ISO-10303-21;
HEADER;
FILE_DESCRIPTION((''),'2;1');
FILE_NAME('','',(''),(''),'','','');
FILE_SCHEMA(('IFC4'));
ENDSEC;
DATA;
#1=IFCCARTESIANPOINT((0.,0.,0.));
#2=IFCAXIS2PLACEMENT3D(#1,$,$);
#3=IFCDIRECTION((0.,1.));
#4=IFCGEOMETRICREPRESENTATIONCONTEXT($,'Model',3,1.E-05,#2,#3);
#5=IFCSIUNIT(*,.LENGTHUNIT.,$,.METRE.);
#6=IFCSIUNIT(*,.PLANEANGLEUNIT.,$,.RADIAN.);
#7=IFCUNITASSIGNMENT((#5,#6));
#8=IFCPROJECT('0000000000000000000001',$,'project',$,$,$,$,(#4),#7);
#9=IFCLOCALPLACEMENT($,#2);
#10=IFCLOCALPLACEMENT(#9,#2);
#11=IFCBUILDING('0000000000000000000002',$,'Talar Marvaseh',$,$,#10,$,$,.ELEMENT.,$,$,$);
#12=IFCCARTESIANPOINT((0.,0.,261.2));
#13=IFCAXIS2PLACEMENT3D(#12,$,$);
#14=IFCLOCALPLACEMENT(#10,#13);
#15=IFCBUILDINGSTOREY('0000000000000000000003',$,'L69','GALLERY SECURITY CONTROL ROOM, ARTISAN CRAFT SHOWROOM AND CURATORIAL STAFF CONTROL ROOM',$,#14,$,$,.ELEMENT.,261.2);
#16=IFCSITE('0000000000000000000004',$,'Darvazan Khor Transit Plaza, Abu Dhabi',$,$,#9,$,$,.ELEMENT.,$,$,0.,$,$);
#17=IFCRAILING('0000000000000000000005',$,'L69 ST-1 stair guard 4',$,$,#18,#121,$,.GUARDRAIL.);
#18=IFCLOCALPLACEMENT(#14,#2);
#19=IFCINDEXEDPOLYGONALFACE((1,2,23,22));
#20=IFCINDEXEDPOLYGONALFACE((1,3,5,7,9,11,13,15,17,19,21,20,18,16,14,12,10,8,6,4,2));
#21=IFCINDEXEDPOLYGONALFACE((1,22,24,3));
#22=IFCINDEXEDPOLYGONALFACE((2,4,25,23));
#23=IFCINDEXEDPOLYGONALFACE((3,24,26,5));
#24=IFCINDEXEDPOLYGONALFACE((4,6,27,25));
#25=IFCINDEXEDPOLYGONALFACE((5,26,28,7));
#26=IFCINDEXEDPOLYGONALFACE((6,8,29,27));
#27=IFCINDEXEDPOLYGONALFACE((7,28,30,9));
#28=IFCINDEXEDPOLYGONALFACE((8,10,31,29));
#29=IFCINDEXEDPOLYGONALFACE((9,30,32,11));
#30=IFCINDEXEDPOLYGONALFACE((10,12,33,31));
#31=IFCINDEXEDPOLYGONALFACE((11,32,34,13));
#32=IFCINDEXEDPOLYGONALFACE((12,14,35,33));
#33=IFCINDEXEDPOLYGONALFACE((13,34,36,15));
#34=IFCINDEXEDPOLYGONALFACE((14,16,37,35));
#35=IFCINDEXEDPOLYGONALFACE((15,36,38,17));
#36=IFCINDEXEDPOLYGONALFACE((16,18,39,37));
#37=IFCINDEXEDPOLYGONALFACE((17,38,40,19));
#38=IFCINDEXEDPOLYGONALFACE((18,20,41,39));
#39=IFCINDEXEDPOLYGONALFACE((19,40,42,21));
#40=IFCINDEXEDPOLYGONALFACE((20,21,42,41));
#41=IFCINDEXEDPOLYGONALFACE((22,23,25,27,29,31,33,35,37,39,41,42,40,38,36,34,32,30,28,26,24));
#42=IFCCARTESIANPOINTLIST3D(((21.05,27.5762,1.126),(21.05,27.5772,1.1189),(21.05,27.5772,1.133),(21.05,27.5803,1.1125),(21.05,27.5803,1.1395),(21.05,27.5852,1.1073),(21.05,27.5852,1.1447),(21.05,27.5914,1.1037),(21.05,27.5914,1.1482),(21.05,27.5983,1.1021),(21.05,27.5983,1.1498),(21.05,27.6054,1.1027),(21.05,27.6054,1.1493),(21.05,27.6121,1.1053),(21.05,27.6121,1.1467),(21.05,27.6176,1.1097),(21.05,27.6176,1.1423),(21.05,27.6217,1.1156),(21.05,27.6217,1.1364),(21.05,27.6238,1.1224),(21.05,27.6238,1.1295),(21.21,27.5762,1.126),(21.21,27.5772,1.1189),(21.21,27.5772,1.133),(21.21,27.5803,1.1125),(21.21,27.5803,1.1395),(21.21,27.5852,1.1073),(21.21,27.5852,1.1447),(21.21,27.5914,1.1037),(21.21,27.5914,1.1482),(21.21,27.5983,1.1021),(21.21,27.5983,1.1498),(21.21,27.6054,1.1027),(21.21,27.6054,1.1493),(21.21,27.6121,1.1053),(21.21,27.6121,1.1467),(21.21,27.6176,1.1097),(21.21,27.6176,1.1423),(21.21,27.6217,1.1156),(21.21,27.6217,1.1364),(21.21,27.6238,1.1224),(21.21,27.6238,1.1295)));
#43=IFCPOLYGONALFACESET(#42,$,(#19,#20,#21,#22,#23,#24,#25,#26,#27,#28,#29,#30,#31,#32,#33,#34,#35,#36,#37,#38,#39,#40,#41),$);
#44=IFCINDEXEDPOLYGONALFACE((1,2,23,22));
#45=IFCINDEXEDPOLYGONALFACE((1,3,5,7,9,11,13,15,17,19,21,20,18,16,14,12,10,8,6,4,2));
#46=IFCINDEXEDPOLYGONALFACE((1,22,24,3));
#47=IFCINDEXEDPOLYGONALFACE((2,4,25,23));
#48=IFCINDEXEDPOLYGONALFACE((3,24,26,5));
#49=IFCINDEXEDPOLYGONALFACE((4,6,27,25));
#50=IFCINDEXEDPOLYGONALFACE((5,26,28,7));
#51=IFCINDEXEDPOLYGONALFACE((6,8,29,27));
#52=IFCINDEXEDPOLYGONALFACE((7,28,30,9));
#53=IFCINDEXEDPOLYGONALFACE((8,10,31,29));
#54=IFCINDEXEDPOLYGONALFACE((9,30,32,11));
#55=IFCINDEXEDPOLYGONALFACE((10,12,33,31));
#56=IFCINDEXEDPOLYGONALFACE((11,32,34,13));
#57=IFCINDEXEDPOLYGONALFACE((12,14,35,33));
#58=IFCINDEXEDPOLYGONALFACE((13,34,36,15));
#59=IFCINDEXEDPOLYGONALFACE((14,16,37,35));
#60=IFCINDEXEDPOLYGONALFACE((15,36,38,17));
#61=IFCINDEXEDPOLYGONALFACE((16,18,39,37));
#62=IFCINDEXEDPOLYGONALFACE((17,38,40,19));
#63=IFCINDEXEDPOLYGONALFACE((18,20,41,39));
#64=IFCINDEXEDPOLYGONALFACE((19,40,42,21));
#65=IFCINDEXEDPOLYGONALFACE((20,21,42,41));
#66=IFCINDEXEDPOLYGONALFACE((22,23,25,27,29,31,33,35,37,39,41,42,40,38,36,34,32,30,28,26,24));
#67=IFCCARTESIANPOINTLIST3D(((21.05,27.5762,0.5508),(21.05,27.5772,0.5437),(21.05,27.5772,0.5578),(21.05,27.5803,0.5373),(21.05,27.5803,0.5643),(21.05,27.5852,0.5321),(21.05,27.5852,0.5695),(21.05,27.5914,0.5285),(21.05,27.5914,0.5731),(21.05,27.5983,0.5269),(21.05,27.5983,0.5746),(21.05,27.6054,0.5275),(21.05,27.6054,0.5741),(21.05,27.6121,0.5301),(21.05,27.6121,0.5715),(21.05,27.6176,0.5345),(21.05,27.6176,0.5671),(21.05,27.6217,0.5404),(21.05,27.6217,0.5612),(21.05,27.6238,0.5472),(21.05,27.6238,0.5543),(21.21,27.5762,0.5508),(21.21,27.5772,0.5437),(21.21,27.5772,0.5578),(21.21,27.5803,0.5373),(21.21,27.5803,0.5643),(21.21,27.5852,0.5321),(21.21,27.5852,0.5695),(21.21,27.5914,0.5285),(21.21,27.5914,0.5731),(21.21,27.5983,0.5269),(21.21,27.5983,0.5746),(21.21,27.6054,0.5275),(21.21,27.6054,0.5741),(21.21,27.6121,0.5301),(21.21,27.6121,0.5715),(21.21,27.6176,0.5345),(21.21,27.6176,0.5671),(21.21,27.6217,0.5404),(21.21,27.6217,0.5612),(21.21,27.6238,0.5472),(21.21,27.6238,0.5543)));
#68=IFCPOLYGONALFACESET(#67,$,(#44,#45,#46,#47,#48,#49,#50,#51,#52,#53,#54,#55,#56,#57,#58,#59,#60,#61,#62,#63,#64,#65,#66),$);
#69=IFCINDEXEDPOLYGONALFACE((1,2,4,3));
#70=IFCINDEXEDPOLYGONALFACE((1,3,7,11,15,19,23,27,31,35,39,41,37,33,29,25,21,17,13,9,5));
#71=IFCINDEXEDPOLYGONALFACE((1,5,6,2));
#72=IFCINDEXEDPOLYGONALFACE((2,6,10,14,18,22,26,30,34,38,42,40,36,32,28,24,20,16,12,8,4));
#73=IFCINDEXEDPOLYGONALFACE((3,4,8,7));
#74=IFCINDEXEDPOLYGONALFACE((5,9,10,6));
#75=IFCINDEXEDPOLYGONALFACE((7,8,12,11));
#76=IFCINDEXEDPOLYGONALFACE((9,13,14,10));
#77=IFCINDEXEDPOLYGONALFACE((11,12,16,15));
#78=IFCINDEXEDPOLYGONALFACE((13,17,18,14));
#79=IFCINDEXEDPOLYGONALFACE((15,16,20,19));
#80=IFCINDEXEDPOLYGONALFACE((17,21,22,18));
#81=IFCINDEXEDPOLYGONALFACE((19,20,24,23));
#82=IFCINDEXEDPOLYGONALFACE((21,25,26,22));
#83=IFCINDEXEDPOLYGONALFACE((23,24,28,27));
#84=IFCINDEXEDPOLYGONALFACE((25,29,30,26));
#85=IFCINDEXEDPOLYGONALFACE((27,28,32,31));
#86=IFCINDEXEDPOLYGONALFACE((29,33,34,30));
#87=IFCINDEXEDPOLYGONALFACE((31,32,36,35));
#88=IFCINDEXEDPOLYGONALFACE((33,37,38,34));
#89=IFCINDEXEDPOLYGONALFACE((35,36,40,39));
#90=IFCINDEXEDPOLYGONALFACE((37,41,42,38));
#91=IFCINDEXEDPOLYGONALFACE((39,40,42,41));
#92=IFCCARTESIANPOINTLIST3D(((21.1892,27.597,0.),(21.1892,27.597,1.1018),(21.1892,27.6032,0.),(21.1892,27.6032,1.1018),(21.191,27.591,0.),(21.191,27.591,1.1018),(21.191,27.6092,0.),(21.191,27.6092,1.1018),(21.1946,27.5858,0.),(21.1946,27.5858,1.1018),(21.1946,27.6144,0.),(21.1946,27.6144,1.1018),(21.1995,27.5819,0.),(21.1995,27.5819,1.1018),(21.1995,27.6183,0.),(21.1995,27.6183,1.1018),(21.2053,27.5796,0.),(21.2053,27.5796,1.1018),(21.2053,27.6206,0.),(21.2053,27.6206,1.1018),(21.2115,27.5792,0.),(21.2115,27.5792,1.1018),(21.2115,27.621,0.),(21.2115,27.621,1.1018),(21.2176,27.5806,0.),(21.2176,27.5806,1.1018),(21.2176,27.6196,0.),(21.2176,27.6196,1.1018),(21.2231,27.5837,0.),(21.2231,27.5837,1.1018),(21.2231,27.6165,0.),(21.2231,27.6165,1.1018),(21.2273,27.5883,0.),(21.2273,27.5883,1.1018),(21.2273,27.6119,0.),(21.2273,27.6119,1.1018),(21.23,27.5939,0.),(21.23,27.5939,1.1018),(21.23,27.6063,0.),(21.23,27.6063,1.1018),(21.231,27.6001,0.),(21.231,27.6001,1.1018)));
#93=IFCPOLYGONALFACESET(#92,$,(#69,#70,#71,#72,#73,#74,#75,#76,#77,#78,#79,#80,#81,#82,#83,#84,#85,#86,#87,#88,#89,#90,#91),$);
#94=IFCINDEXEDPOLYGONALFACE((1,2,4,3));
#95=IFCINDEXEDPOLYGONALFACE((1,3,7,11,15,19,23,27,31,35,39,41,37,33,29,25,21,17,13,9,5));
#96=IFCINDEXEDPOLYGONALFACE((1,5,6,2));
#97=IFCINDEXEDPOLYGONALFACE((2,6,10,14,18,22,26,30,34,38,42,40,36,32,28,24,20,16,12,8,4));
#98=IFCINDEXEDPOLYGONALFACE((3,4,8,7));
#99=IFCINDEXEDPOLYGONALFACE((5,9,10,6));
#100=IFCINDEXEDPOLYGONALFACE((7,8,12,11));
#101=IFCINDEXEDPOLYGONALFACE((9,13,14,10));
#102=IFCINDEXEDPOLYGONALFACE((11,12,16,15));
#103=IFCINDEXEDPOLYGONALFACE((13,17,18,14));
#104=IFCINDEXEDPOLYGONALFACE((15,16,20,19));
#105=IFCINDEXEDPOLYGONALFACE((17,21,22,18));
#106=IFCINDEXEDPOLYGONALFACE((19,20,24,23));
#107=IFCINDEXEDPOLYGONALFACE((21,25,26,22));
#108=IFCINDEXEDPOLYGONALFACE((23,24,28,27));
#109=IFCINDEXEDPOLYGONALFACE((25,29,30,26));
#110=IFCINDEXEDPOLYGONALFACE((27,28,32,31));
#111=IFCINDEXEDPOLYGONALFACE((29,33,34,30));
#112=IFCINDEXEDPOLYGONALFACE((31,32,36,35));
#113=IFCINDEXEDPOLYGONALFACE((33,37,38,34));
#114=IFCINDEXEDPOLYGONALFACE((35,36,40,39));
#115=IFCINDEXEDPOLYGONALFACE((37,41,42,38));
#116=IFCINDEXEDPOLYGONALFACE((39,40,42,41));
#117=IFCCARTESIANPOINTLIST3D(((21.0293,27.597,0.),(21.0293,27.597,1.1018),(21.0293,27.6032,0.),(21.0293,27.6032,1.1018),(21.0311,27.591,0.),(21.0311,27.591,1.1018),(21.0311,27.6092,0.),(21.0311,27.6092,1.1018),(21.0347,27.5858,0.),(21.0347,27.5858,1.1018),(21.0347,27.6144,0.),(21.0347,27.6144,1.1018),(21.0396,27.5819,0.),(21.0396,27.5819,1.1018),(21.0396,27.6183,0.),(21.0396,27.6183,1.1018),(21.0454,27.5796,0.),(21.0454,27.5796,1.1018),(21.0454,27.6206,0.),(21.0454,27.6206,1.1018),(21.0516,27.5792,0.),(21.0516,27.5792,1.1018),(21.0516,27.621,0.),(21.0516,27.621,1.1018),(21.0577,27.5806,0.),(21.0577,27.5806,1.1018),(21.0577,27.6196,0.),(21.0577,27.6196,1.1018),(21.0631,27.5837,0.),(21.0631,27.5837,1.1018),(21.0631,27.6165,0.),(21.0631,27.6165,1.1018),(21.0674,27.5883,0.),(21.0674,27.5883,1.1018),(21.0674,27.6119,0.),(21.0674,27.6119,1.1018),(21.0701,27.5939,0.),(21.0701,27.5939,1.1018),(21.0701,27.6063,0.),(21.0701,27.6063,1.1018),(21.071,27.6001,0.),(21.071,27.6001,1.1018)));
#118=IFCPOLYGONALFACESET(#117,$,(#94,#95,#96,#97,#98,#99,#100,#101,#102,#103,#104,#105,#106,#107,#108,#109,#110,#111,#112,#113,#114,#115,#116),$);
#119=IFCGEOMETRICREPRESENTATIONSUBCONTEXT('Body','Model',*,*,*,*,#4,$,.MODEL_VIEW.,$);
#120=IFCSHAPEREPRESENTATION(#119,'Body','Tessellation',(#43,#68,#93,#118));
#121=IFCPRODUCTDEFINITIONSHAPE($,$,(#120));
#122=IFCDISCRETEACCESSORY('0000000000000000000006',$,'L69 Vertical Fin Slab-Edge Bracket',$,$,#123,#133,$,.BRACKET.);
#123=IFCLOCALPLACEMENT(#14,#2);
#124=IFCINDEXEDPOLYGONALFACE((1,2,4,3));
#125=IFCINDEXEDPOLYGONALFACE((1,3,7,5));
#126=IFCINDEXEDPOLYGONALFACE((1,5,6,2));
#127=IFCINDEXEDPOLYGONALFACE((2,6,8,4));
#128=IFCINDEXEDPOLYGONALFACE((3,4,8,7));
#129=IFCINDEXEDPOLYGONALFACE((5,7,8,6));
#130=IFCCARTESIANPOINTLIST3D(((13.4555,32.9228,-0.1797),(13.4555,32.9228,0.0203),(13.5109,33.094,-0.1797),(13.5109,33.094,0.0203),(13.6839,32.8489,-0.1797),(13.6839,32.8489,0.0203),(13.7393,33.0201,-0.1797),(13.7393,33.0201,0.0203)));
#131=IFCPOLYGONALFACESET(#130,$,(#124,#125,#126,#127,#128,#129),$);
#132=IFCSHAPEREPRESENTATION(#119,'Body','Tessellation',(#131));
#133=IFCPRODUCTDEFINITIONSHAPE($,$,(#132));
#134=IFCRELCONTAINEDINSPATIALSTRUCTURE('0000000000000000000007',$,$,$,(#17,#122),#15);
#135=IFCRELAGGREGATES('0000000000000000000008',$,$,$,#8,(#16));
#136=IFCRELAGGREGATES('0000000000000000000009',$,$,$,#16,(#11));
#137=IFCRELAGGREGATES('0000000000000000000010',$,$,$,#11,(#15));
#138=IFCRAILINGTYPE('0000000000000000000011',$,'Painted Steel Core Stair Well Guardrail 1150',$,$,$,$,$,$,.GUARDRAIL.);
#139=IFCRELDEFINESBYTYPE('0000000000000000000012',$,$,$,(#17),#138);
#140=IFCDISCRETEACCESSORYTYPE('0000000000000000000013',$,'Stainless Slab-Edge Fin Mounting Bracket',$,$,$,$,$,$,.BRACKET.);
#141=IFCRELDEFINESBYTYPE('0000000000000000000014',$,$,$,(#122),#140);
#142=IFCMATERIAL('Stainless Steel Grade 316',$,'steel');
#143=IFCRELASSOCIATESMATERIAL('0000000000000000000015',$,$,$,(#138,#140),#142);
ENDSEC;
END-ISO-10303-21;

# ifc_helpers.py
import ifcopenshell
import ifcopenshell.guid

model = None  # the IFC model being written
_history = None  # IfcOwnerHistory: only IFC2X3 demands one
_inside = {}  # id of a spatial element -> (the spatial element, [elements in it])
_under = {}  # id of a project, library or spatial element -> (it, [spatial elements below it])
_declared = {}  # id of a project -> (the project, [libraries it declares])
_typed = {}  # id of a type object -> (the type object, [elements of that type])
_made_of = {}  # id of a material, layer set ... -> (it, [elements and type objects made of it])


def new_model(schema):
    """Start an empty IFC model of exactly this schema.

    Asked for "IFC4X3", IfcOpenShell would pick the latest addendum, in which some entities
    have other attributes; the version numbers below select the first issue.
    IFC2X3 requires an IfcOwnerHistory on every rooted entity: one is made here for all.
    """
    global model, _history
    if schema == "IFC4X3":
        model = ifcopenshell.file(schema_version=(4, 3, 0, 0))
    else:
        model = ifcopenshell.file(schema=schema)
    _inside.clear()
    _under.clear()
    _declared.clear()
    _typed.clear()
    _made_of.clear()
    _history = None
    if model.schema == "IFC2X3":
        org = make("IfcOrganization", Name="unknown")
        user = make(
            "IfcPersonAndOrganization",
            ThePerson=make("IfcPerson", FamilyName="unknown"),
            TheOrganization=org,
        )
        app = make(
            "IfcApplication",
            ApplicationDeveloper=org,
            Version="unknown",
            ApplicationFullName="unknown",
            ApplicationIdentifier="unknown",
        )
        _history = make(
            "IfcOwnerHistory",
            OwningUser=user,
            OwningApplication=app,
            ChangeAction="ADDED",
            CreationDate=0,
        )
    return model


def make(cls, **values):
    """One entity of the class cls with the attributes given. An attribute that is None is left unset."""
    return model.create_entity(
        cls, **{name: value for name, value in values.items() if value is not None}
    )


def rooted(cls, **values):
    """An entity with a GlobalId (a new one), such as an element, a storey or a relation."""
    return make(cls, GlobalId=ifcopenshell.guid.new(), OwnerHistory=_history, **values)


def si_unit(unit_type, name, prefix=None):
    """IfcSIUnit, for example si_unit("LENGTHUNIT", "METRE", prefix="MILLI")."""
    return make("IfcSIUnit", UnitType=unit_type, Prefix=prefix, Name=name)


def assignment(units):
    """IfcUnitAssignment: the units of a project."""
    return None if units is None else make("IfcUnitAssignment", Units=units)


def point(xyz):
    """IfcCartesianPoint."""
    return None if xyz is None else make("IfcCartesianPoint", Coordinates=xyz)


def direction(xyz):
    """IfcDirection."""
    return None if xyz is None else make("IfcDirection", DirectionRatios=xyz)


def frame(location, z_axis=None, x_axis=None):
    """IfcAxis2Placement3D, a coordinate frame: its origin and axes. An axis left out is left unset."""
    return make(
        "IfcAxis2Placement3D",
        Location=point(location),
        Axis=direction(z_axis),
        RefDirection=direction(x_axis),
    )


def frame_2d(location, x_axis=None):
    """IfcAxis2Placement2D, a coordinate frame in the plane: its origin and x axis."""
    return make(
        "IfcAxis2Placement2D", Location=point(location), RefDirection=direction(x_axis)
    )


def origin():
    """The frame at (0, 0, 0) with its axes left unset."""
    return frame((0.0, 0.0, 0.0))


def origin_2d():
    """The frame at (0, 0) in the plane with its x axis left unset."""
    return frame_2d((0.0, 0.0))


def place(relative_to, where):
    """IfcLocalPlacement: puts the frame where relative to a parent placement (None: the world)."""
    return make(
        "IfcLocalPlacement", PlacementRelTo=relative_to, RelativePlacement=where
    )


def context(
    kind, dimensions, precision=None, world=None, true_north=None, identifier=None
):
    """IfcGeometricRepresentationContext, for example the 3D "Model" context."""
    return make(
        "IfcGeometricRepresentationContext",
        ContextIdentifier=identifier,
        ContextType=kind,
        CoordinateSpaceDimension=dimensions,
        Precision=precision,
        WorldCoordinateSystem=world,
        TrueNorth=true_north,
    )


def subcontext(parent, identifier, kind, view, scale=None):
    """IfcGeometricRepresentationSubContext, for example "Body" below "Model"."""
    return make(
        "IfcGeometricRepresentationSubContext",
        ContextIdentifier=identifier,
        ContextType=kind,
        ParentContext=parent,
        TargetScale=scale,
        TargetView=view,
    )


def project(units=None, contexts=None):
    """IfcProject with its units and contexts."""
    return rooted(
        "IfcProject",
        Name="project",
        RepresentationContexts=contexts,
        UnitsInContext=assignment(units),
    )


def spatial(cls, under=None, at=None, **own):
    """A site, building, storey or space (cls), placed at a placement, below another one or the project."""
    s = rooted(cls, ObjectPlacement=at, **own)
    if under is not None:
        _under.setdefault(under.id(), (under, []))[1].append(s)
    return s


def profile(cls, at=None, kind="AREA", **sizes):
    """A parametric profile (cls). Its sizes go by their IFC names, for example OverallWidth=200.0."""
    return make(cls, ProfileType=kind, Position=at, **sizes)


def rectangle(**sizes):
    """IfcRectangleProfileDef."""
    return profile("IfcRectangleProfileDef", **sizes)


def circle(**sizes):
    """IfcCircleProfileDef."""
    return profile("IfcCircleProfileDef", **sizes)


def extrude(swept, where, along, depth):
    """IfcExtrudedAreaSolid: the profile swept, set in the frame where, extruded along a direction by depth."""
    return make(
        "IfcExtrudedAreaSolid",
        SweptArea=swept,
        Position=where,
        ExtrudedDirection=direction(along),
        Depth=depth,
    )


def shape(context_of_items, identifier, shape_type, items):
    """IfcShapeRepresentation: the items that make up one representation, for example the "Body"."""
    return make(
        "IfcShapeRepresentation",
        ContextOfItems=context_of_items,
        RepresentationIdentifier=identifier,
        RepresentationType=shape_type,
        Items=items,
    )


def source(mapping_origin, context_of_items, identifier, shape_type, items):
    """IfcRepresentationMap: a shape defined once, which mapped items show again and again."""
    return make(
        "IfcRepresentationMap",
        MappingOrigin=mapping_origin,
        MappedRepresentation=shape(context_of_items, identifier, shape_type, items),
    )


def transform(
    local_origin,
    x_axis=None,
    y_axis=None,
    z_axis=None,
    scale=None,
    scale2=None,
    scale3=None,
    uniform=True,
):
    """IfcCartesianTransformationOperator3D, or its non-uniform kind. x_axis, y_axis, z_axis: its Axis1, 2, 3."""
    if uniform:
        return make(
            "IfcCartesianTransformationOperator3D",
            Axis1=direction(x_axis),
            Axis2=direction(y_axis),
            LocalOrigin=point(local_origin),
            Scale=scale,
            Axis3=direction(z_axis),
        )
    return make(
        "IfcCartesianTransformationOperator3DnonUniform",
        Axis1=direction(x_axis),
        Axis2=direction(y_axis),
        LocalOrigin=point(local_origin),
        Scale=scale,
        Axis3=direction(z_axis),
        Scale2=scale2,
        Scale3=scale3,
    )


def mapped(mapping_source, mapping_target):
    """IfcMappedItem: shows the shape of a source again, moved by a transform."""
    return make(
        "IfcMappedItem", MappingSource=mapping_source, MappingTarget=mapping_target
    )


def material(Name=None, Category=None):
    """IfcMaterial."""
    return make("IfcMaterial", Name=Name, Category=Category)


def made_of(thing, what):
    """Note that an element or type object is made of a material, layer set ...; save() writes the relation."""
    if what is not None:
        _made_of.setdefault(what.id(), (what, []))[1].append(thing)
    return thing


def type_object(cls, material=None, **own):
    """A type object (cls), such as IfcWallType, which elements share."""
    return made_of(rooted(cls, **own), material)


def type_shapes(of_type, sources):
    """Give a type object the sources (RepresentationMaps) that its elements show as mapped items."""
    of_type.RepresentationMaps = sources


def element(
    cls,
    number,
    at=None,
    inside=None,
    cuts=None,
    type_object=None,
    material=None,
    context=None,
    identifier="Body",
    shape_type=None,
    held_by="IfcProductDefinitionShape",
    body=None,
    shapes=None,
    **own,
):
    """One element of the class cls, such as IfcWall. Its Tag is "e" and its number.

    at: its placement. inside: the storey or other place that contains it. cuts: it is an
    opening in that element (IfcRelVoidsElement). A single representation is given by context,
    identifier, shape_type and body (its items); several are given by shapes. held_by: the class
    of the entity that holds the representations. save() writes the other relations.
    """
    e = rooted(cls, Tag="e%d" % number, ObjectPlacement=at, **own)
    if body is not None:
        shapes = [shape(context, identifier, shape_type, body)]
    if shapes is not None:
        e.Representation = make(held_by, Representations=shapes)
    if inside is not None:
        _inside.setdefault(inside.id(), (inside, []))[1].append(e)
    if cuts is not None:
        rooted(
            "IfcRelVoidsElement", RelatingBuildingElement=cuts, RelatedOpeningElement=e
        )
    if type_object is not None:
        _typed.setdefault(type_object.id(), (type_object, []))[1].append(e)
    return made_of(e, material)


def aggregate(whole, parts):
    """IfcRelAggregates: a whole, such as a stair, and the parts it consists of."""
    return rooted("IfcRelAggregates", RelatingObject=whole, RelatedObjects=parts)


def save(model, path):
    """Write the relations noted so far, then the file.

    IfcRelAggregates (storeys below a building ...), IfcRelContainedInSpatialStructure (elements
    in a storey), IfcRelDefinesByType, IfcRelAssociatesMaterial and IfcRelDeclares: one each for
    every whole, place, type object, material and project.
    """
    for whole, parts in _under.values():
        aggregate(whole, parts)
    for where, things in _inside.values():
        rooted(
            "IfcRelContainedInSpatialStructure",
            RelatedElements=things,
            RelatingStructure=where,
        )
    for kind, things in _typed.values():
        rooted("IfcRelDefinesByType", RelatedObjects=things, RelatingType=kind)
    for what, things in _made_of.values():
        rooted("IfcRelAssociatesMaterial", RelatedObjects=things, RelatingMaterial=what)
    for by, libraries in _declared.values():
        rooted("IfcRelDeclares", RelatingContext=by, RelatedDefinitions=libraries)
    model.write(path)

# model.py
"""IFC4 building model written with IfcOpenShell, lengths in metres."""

from ifc_helpers import new_model, si_unit, direction, frame, origin, origin_2d, place, context, subcontext, project, spatial, rectangle, circle, extrude, source, transform, mapped, material, type_object, type_shapes, element, save


model = new_model("IFC4")

# Units and contexts
model_context = context("Model", 3, precision=1e-05, world=origin(), true_north=direction((0.0, 1.0)))
body_context = subcontext(model_context, "Body", "Model", "MODEL_VIEW")
ifc_project = project(units=[si_unit("LENGTHUNIT", "METRE"), si_unit("PLANEANGLEUNIT", "RADIAN")], contexts=[model_context])

# Site, building, storey
site_placement = place(None, origin())
site = spatial("IfcSite", under=ifc_project, at=site_placement, Name="Darvazan Khor Transit Plaza, Abu Dhabi", CompositionType="ELEMENT", RefElevation=0.0)
building_placement = place(site_placement, origin())
building = spatial("IfcBuilding", under=site, at=building_placement, Name="Talar Marvaseh", CompositionType="ELEMENT")
storey_placement = place(building_placement, frame((0.0, 0.0, 261.2)))
storey = spatial("IfcBuildingStorey", under=building, at=storey_placement, Name="L69", Description="GALLERY SECURITY CONTROL ROOM, ARTISAN CRAFT SHOWROOM AND CURATORIAL STAFF CONTROL ROOM", CompositionType="ELEMENT", Elevation=261.2)

# Shared definitions
ifc_material_1 = material(Name="Stainless Steel Grade 316", Category="steel")

# Railing
railing_type_1 = type_object("IfcRailingType", Name="Painted Steel Core Stair Well Guardrail 1150", PredefinedType="GUARDRAIL", material=ifc_material_1)
railing_1_placement = place(storey_placement, frame((21.21, 27.6001, 0.0)))
element("IfcRailing", 1, at=railing_1_placement, inside=storey, type_object=railing_type_1, Name="L69 ST-1 stair guard 4", PredefinedType="GUARDRAIL", context=body_context, shape_type="SweptSolid", body=[
    extrude(circle(Radius=0.0239, at=origin_2d()), frame((0.0, 0.0, 1.126), z_axis=(-1.0, 0.0, 0.0), x_axis=(0.0, -1.0, 0.0)), (0.0, 0.0, 1.0), 0.1599),
    extrude(circle(Radius=0.0239, at=origin_2d()), frame((0.0, 0.0, 0.5508), z_axis=(-1.0, 0.0, 0.0), x_axis=(0.0, -1.0, 0.0)), (0.0, 0.0, 1.0), 0.1599),
    extrude(circle(Radius=0.021, at=origin_2d()), origin(), (0.0, 0.0, 1.0), 1.1018),
    extrude(circle(Radius=0.021, at=origin_2d()), frame((-0.1599, 0.0, 0.0)), (0.0, 0.0, 1.0), 1.1018),
])

# Discrete accessory
discrete_accessory_type = type_object("IfcDiscreteAccessoryType", Name="Stainless Slab-Edge Fin Mounting Bracket", PredefinedType="BRACKET", material=ifc_material_1)
shared_shape_1 = source(origin(), body_context, "Body", "SweptSolid", [
    extrude(rectangle(XDim=0.24, YDim=0.1799, at=origin_2d()), origin(), (0.0, 0.0, 1.0), 0.2),
])
type_shapes(discrete_accessory_type, [shared_shape_1])
discrete_accessory_placement = place(storey_placement, frame((13.5974, 32.9714, -0.1797), z_axis=(0.0, 0.0, 1.0), x_axis=(-0.951433, 0.307855, 0.0)))
element("IfcDiscreteAccessory", 2, at=discrete_accessory_placement, inside=storey, type_object=discrete_accessory_type, Name="L69 Vertical Fin Slab-Edge Bracket", PredefinedType="BRACKET", context=body_context, shape_type="MappedRepresentation", body=[
    mapped(shared_shape_1, transform((0.0, 0.0, 0.0), x_axis=(1.0, 0.0, 0.0), y_axis=(0.0, 1.0, 0.0), z_axis=(0.0, 0.0, 1.0), scale=1.0)),
])

save(model, "model.ifc")
